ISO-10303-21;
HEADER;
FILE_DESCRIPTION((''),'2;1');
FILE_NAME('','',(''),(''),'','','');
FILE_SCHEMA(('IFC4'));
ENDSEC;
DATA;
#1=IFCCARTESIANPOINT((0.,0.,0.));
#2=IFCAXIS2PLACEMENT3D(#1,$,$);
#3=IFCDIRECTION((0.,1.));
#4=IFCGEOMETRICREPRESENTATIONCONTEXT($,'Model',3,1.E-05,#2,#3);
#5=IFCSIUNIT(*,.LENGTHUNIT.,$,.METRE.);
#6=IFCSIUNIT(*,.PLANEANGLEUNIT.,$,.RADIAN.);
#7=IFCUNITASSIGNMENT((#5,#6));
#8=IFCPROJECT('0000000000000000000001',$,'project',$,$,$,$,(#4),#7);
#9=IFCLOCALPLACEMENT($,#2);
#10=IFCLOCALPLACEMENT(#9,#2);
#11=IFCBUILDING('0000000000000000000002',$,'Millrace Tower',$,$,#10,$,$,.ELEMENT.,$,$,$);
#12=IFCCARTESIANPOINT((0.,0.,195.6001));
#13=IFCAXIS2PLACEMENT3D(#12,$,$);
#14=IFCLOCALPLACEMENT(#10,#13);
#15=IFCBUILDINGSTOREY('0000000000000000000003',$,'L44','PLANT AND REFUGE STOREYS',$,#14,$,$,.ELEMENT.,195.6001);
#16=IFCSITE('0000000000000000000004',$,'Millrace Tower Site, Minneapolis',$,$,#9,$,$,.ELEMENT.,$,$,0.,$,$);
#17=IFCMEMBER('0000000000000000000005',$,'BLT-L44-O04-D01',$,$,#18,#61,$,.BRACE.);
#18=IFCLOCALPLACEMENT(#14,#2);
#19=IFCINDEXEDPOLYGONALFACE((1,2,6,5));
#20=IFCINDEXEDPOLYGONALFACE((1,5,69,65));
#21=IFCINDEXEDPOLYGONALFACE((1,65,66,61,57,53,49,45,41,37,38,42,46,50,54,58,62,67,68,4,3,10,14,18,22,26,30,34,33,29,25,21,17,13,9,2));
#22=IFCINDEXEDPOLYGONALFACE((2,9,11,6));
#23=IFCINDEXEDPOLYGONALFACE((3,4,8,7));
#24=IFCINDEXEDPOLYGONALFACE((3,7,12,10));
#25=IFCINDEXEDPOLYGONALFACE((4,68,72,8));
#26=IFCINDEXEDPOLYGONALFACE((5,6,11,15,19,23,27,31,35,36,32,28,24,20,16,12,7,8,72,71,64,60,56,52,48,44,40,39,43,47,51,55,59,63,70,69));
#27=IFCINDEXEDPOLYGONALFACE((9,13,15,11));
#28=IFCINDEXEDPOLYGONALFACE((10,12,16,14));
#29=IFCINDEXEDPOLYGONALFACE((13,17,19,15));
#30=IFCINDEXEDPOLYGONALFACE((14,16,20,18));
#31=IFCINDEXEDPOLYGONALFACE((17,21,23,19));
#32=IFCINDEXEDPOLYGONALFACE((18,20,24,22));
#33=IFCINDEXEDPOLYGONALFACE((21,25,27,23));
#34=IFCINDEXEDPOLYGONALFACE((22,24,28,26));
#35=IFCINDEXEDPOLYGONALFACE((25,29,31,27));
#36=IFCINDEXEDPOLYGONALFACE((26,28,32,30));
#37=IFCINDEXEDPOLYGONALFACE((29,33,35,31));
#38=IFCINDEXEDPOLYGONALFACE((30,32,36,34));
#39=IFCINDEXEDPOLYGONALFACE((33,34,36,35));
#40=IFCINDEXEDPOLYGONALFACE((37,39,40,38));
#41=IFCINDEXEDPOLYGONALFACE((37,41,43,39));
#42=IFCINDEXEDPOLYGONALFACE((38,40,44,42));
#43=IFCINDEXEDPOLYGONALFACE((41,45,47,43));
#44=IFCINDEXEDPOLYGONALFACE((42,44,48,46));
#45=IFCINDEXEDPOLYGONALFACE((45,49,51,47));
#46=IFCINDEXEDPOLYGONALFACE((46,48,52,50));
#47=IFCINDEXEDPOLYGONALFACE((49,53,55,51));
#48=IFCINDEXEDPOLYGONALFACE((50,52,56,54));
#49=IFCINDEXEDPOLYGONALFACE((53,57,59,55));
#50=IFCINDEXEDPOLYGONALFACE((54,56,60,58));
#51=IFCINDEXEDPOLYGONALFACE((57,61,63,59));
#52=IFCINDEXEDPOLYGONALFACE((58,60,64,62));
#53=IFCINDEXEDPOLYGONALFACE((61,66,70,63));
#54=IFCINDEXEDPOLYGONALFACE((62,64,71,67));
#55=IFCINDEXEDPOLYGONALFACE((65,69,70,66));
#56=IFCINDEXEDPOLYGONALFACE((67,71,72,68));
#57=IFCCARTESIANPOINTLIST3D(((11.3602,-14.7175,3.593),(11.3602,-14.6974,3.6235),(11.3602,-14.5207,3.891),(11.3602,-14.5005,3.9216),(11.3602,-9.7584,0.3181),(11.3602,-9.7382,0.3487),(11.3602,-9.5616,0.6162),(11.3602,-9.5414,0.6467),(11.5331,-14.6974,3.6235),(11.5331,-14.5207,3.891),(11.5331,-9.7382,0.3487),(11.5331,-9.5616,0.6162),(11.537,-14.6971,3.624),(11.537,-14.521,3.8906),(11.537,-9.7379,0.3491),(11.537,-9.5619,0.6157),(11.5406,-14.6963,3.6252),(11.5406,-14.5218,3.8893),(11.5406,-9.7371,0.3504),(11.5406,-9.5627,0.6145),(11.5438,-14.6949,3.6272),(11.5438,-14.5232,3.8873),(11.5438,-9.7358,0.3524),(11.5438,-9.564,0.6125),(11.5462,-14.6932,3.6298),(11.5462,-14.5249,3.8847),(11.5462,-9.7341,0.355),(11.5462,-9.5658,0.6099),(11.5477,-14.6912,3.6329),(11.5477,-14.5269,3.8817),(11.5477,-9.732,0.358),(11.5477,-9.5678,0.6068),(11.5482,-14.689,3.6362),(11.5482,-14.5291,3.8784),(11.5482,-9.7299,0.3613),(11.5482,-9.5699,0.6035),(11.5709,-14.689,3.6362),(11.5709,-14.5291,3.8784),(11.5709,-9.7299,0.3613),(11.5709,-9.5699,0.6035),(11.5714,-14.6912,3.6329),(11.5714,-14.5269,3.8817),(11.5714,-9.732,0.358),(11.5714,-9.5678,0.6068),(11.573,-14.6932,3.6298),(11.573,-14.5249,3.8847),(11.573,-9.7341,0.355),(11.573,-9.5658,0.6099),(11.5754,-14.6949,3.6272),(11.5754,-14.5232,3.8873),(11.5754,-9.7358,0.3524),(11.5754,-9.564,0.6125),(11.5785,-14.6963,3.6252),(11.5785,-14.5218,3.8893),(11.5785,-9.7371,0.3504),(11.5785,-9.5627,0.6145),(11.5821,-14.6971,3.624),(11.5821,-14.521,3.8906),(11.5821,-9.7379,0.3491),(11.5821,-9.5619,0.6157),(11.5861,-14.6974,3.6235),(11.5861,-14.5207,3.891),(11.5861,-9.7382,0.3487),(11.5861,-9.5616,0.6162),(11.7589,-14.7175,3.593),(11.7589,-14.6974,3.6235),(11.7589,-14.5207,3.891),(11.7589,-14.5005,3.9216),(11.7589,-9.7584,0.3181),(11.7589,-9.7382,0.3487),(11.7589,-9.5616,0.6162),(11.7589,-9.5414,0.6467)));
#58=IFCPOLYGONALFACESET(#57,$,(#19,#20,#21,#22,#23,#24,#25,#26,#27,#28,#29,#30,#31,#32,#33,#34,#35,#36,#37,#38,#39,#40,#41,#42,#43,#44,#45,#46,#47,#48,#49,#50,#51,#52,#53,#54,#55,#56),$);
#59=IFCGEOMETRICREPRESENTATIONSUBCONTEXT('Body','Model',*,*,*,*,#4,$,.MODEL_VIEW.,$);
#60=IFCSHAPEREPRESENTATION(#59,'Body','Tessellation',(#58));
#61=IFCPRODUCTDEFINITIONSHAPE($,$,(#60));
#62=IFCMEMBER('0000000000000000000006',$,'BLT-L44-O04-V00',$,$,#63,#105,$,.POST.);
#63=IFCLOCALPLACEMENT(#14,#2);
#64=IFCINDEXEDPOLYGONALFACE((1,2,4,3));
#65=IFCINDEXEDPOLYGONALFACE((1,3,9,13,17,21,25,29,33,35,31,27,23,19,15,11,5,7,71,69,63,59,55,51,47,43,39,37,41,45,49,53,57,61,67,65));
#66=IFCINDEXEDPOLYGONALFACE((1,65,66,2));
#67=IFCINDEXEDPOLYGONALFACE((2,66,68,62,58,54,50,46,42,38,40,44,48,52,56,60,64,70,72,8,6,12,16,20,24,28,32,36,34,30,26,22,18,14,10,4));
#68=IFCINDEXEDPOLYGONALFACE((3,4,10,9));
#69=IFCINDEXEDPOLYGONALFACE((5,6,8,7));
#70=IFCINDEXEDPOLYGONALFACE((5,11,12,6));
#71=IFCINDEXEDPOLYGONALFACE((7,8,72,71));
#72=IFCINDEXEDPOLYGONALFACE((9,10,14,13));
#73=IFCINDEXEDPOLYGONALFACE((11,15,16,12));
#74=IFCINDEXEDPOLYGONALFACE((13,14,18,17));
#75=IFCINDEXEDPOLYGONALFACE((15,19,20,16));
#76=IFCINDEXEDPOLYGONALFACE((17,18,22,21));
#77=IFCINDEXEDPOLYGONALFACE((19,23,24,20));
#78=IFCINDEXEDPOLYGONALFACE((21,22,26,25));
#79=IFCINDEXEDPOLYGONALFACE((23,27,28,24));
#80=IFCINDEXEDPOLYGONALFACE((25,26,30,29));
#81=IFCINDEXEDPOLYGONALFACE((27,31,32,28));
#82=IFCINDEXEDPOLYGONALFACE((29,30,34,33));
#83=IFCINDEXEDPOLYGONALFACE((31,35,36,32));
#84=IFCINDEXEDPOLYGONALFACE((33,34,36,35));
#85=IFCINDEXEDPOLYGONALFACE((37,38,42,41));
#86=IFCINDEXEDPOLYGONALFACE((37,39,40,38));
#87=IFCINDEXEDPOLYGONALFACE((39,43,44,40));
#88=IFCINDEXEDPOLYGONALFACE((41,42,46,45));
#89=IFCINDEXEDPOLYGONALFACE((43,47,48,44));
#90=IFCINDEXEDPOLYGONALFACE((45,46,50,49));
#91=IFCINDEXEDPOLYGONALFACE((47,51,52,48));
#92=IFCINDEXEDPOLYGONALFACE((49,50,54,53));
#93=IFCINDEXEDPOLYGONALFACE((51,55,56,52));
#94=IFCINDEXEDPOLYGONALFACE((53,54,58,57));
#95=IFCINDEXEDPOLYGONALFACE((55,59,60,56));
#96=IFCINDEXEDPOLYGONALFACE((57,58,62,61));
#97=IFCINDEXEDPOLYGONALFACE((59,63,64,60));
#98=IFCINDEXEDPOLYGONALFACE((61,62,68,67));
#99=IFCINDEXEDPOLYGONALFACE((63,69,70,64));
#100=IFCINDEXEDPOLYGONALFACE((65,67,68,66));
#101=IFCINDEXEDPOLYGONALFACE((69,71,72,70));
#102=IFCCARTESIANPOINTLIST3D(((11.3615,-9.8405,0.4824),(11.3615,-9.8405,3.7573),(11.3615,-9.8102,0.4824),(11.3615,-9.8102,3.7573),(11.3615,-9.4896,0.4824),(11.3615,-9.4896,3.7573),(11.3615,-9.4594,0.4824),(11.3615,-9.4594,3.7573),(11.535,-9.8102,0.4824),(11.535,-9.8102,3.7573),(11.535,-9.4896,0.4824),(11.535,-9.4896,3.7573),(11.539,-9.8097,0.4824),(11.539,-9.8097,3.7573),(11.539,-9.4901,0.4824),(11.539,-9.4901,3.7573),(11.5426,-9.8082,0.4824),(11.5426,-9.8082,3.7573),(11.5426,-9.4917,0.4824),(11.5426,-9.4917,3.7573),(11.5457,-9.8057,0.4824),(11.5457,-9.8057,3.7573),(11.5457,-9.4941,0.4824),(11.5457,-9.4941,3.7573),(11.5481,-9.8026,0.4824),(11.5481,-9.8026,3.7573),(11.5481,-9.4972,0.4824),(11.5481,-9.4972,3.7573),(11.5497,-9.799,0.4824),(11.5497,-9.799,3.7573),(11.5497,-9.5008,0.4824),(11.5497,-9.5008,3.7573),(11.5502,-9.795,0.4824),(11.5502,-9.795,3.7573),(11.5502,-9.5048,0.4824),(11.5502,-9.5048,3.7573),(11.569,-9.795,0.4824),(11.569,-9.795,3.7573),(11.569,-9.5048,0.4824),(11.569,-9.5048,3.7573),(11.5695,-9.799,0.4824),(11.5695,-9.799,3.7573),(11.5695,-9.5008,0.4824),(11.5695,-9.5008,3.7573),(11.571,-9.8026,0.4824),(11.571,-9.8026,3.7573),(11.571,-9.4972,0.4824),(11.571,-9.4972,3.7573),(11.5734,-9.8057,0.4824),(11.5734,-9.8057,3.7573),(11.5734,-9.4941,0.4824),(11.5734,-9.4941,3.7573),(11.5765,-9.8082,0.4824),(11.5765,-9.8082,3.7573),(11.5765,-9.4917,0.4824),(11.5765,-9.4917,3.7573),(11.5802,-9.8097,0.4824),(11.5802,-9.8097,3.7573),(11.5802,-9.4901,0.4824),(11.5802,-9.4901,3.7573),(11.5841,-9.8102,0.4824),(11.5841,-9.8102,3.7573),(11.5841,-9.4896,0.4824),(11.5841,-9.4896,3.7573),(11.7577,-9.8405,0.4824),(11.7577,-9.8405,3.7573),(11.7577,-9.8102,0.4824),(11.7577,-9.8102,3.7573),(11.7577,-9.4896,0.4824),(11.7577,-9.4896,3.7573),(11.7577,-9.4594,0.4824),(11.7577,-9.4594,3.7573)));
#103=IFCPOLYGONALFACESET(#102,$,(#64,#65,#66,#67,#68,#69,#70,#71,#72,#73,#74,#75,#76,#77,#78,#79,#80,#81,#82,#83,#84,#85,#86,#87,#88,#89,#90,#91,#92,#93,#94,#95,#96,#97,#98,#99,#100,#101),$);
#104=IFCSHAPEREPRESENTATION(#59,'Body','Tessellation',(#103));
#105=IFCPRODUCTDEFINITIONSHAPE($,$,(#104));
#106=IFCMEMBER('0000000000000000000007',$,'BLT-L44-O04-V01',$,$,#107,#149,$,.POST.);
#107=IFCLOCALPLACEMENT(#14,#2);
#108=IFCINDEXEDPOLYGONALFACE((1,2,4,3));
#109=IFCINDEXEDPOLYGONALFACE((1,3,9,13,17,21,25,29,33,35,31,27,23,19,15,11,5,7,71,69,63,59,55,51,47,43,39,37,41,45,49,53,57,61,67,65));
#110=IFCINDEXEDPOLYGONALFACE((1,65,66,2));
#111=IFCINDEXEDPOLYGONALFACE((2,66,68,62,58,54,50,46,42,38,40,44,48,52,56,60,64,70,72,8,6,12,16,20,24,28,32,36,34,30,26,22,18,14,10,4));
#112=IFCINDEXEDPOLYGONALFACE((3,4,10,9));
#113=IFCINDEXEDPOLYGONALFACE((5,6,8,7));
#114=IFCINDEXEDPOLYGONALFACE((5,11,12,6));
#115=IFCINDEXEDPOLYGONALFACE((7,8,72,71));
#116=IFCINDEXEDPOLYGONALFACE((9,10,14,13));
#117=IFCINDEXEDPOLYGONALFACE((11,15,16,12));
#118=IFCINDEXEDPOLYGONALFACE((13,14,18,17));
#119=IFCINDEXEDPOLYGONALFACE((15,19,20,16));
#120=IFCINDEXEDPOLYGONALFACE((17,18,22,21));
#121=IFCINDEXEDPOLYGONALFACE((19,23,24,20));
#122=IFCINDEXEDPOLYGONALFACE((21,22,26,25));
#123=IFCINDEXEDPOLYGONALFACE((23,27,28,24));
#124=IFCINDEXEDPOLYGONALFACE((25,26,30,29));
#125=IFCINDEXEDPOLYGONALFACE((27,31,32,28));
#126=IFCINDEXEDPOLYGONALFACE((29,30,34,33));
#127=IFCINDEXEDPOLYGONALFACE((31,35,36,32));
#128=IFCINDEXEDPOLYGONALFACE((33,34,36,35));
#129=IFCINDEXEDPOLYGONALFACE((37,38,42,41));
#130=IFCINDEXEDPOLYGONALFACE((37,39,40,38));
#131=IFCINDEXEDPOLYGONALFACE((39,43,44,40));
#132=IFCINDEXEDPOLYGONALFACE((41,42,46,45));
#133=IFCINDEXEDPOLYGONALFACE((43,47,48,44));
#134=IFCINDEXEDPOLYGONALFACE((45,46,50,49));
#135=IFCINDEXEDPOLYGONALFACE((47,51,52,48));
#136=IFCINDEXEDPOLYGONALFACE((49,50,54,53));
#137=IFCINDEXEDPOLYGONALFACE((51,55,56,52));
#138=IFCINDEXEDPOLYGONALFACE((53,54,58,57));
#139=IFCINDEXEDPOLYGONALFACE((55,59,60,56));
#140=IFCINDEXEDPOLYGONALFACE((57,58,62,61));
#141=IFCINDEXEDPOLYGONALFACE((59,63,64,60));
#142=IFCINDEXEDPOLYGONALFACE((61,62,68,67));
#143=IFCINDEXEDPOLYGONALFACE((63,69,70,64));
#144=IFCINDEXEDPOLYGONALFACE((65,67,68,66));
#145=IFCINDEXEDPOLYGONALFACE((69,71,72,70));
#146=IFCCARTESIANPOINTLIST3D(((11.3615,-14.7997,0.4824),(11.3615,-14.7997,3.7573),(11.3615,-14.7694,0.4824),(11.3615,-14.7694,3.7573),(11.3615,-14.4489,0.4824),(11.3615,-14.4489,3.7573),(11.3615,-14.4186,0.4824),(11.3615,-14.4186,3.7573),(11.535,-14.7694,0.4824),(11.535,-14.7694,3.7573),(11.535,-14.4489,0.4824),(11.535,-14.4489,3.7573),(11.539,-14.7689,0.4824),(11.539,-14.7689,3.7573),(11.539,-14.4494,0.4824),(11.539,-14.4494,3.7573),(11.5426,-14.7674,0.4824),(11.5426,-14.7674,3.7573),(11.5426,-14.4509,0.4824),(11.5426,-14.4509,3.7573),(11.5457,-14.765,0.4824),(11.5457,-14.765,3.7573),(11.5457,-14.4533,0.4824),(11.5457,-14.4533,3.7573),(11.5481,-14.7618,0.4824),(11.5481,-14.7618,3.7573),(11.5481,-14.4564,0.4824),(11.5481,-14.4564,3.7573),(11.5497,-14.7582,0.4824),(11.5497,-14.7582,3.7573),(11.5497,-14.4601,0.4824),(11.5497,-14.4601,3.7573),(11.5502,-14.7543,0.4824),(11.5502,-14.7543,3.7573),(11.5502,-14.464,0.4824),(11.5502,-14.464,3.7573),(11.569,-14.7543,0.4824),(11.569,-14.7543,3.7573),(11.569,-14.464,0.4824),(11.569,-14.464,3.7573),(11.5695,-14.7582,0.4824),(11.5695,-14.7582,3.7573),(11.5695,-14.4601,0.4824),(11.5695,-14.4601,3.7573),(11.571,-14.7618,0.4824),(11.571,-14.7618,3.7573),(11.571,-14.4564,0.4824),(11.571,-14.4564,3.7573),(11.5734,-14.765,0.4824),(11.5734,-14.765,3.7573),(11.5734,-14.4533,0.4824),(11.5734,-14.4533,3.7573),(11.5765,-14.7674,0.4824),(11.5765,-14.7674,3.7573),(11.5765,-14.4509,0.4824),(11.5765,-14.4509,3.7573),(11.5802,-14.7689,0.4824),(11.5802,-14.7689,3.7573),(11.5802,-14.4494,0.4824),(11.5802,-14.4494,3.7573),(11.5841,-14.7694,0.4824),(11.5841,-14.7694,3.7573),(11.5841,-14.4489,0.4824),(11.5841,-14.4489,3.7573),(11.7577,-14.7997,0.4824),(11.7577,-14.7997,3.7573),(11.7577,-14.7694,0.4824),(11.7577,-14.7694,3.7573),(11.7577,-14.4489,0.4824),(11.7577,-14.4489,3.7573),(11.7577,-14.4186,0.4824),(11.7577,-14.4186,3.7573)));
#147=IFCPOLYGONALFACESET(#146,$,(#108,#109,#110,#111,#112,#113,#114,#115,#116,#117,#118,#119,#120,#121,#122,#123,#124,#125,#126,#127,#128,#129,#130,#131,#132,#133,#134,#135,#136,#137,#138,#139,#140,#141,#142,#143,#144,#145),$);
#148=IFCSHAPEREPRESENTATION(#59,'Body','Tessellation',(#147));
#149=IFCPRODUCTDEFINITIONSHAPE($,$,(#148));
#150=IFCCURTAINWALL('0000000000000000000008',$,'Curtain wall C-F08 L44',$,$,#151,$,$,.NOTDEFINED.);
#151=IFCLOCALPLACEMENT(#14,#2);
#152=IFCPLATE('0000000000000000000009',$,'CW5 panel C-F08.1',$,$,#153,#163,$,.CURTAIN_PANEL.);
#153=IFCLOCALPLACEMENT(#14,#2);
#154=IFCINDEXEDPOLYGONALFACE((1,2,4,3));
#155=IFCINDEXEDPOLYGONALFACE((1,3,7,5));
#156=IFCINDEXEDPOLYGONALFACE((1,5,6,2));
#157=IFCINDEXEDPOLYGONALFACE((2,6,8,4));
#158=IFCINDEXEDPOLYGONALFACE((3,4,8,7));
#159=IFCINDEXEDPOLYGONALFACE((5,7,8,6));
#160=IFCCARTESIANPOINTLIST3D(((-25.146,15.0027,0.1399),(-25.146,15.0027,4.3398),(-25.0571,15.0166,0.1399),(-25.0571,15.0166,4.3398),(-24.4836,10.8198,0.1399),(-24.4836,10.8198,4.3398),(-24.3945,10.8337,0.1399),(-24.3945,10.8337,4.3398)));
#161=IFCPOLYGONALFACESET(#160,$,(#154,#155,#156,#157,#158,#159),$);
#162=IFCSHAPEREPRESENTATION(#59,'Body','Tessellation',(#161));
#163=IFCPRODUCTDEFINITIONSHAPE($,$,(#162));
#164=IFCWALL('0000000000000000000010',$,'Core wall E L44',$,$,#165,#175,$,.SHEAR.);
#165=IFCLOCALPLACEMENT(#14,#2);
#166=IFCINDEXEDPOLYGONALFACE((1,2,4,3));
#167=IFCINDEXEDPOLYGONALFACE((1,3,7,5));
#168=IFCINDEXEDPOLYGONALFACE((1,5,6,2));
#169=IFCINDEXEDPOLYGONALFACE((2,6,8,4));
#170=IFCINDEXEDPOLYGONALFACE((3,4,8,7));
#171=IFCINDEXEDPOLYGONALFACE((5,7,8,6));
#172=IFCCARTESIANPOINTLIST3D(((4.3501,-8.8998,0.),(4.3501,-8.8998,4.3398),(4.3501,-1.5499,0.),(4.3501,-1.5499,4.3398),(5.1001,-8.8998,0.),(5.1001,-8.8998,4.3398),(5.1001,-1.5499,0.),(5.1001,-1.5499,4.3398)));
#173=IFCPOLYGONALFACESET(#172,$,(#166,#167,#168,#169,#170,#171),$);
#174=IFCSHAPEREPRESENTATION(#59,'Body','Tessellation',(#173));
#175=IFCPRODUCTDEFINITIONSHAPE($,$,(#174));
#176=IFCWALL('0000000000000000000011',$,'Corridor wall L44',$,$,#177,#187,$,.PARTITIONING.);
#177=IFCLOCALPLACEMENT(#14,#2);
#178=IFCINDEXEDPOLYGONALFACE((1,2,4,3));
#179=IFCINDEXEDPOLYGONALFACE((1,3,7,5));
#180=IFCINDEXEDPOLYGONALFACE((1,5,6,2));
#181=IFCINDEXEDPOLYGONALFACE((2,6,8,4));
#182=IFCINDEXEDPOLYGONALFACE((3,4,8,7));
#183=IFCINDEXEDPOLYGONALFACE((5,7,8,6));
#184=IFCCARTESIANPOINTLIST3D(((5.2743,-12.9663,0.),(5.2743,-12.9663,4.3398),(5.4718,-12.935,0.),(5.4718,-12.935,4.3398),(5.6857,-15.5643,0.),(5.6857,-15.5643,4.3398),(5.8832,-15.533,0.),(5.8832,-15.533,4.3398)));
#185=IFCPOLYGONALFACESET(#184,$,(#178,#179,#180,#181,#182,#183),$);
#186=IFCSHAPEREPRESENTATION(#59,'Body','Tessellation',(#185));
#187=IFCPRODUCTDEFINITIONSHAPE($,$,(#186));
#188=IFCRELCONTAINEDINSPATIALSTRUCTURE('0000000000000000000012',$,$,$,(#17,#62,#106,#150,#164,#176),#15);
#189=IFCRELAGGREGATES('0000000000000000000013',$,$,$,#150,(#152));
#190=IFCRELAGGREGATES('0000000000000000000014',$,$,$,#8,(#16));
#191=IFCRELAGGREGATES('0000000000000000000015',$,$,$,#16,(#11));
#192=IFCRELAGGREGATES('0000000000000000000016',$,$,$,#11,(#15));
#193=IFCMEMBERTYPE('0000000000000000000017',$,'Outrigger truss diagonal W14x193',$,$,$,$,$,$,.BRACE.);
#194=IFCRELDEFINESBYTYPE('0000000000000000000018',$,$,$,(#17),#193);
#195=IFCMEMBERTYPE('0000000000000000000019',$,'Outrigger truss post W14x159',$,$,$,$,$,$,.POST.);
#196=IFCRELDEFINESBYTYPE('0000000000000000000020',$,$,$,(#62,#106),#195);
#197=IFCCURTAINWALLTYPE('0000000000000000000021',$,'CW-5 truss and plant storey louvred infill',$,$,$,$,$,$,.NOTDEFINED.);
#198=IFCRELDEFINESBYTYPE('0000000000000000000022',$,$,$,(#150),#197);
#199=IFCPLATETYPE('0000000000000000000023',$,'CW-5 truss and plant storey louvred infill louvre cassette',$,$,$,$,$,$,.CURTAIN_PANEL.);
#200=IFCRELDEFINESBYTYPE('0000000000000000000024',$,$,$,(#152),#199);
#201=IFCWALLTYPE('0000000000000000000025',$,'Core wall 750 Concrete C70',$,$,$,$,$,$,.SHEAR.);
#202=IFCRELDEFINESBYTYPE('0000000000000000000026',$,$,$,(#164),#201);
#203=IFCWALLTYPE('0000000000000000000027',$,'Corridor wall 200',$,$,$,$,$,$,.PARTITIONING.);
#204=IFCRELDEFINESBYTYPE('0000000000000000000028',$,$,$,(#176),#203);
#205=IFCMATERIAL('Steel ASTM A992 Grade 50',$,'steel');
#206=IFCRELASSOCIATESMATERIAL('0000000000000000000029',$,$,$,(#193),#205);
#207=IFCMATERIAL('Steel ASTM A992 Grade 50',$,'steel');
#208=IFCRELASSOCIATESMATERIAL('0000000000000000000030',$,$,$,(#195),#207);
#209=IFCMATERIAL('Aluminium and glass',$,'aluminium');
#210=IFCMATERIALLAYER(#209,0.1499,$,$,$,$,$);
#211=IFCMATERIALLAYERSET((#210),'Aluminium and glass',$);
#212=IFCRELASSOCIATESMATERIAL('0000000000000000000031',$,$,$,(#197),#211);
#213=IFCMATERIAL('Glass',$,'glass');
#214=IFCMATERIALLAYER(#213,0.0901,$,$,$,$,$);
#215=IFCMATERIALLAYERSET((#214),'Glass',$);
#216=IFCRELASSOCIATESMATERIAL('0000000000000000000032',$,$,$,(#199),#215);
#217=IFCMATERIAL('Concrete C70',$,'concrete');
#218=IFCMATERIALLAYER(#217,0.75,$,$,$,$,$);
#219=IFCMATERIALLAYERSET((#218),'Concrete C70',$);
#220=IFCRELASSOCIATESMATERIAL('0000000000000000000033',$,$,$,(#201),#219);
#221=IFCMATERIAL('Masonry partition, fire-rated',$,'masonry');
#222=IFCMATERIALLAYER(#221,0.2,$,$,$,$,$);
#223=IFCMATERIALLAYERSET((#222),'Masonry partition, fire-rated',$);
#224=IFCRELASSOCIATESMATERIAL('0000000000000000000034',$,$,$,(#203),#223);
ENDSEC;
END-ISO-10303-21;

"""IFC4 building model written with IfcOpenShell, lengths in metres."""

from ifc_helpers import new_model, si_unit, direction, frame, frame_2d, origin, origin_2d, place, context, subcontext, project, spatial, polyline, rectangle, i_section, outline, extrude, material, layer, layer_set, material_profile, profile_set, type_object, element, aggregate, save


model = new_model("IFC4")

# Units and contexts
model_context = context("Model", 3, precision=1e-05, world=origin(), true_north=direction((0.0, 1.0)))
body_context = subcontext(model_context, "Body", "Model", "MODEL_VIEW")
ifc_project = project(units=[si_unit("LENGTHUNIT", "METRE"), si_unit("PLANEANGLEUNIT", "RADIAN")], contexts=[model_context])

# Site, building, storey
site_placement = place(None, origin())
site = spatial("IfcSite", under=ifc_project, at=site_placement, Name="Millrace Tower Site, Minneapolis", CompositionType="ELEMENT", RefElevation=0.0)
building_placement = place(site_placement, origin())
building = spatial("IfcBuilding", under=site, at=building_placement, Name="Millrace Tower", CompositionType="ELEMENT")
storey_placement = place(building_placement, frame((0.0, 0.0, 195.6001)))
storey = spatial("IfcBuildingStorey", under=building, at=storey_placement, Name="L44", Description="PLANT AND REFUGE STOREYS", CompositionType="ELEMENT", Elevation=195.6001)

# Members
ifc_material_1 = material(Name="Steel ASTM A992 Grade 50", Category="steel")
ifc_material_profile_1 = material_profile(ifc_material_1, i_section(OverallWidth=0.3987, OverallDepth=0.3938, WebThickness=0.0227, FlangeThickness=0.0366, FilletRadius=0.0151, at=origin_2d()))
ifc_profile_set_1 = profile_set([ifc_material_profile_1], Name="Steel ASTM A992 Grade 50")
member_type_1 = type_object("IfcMemberType", Name="Outrigger truss diagonal W14x193", PredefinedType="BRACE", material=ifc_profile_set_1)
member_placement = place(storey_placement, frame((11.5596, -9.6499, 0.4824), z_axis=(0.0, -0.834469, 0.551055), x_axis=(1.0, 0.0, 0.0)))
element("IfcMember", 1, at=member_placement, inside=storey, type_object=member_type_1, Name="BLT-L44-O04-D01", PredefinedType="BRACE", context=body_context, shape_type="SweptSolid", body=[
    extrude(i_section(OverallWidth=0.3987, OverallDepth=0.3938, WebThickness=0.0227, FlangeThickness=0.0366, FilletRadius=0.0151, at=origin_2d()), origin(), (0.0, 0.0, 1.0), 5.9429),
])
ifc_material_2 = material(Name="Steel ASTM A992 Grade 50", Category="steel")
ifc_material_profile_2 = material_profile(ifc_material_2, i_section(OverallWidth=0.3962, OverallDepth=0.3811, WebThickness=0.0188, FlangeThickness=0.0303, FilletRadius=0.0151, at=origin_2d()))
ifc_profile_set_2 = profile_set([ifc_material_profile_2], Name="Steel ASTM A992 Grade 50")
member_type_2 = type_object("IfcMemberType", Name="Outrigger truss post W14x159", PredefinedType="POST", material=ifc_profile_set_2)
for number, where, z_axis, x_axis, name in (
    (2, (11.5596, -9.6499, 0.4824), (0.0, 0.0, 1.0), (1.0, 0.0, 0.0), "BLT-L44-O04-V00"),
    (3, (11.5596, -14.6091, 0.4824), (0.0, 0.0, 1.0), (1.0, 0.0, 0.0), "BLT-L44-O04-V01"),
):
    element("IfcMember", number, at=place(storey_placement, frame(where, z_axis=z_axis, x_axis=x_axis)), inside=storey, type_object=member_type_2, Name=name, PredefinedType="POST", context=body_context, shape_type="SweptSolid", body=[
        extrude(i_section(OverallWidth=0.3962, OverallDepth=0.3811, WebThickness=0.0188, FlangeThickness=0.0303, FilletRadius=0.0151, at=origin_2d()), origin(), (0.0, 0.0, 1.0), 3.2749),
    ])

# Curtain wall, plate
ifc_material_3 = material(Name="Aluminium and glass", Category="aluminium")
ifc_layer_1 = layer(ifc_material_3, 0.1499)
ifc_layer_set_1 = layer_set([ifc_layer_1], Name="Aluminium and glass")
curtain_wall_type = type_object("IfcCurtainWallType", Name="CW-5 truss and plant storey louvred infill", PredefinedType="NOTDEFINED", material=ifc_layer_set_1)
placement = place(storey_placement, origin())
curtain_wall = element("IfcCurtainWall", 4, at=placement, inside=storey, type_object=curtain_wall_type, Name="Curtain wall C-F08 L44", PredefinedType="NOTDEFINED")
ifc_material_4 = material(Name="Glass", Category="glass")
ifc_layer_2 = layer(ifc_material_4, 0.0901)
ifc_layer_set_2 = layer_set([ifc_layer_2], Name="Glass")
plate_type = type_object("IfcPlateType", Name="CW-5 truss and plant storey louvred infill louvre cassette", PredefinedType="CURTAIN_PANEL", material=ifc_layer_set_2)
plate_placement = place(storey_placement, frame((0.0, 0.0, 0.1399)))
plate = element("IfcPlate", 5, at=plate_placement, type_object=plate_type, Name="CW5 panel C-F08.1", PredefinedType="CURTAIN_PANEL", context=body_context, shape_type="SweptSolid", body=[
    extrude(outline(polyline([(-25.146, 15.0027), (-24.4836, 10.8198), (-24.3945, 10.8337), (-25.0571, 15.0166), (-25.146, 15.0027)])), origin(), (0.0, 0.0, 1.0), 4.2),
])
aggregate(curtain_wall, [plate])

# Walls
ifc_material_5 = material(Name="Concrete C70", Category="concrete")
ifc_layer_3 = layer(ifc_material_5, 0.75)
ifc_layer_set_3 = layer_set([ifc_layer_3], Name="Concrete C70")
wall_type_1 = type_object("IfcWallType", Name="Core wall 750 Concrete C70", PredefinedType="SHEAR", material=ifc_layer_set_3)
wall_1_placement = place(storey_placement, frame((4.7251, -1.55, 0.0), z_axis=(0.0, 0.0, 1.0), x_axis=(0.0, -1.0, 0.0)))
element("IfcWall", 6, at=wall_1_placement, inside=storey, type_object=wall_type_1, Name="Core wall E L44", PredefinedType="SHEAR", context=body_context, shape_type="SweptSolid", body=[
    extrude(rectangle(XDim=7.3499, YDim=0.75, at=frame_2d((3.6748, 0.0))), origin(), (0.0, 0.0, 1.0), 4.3398),
])
ifc_material_6 = material(Name="Masonry partition, fire-rated", Category="masonry")
ifc_layer_4 = layer(ifc_material_6, 0.2)
ifc_layer_set_4 = layer_set([ifc_layer_4], Name="Masonry partition, fire-rated")
wall_type_2 = type_object("IfcWallType", Name="Corridor wall 200", PredefinedType="PARTITIONING", material=ifc_layer_set_4)
wall_2_placement = place(storey_placement, frame((5.373, -12.9507, 0.0), z_axis=(0.0, 0.0, 1.0), x_axis=(0.156401, -0.987694, 0.0)))
element("IfcWall", 7, at=wall_2_placement, inside=storey, type_object=wall_type_2, Name="Corridor wall L44", PredefinedType="PARTITIONING", context=body_context, shape_type="SweptSolid", body=[
    extrude(rectangle(XDim=2.6304, YDim=0.2, at=frame_2d((1.3152, 0.0))), origin(), (0.0, 0.0, 1.0), 4.3398),
])

save(model, "model.ifc")
